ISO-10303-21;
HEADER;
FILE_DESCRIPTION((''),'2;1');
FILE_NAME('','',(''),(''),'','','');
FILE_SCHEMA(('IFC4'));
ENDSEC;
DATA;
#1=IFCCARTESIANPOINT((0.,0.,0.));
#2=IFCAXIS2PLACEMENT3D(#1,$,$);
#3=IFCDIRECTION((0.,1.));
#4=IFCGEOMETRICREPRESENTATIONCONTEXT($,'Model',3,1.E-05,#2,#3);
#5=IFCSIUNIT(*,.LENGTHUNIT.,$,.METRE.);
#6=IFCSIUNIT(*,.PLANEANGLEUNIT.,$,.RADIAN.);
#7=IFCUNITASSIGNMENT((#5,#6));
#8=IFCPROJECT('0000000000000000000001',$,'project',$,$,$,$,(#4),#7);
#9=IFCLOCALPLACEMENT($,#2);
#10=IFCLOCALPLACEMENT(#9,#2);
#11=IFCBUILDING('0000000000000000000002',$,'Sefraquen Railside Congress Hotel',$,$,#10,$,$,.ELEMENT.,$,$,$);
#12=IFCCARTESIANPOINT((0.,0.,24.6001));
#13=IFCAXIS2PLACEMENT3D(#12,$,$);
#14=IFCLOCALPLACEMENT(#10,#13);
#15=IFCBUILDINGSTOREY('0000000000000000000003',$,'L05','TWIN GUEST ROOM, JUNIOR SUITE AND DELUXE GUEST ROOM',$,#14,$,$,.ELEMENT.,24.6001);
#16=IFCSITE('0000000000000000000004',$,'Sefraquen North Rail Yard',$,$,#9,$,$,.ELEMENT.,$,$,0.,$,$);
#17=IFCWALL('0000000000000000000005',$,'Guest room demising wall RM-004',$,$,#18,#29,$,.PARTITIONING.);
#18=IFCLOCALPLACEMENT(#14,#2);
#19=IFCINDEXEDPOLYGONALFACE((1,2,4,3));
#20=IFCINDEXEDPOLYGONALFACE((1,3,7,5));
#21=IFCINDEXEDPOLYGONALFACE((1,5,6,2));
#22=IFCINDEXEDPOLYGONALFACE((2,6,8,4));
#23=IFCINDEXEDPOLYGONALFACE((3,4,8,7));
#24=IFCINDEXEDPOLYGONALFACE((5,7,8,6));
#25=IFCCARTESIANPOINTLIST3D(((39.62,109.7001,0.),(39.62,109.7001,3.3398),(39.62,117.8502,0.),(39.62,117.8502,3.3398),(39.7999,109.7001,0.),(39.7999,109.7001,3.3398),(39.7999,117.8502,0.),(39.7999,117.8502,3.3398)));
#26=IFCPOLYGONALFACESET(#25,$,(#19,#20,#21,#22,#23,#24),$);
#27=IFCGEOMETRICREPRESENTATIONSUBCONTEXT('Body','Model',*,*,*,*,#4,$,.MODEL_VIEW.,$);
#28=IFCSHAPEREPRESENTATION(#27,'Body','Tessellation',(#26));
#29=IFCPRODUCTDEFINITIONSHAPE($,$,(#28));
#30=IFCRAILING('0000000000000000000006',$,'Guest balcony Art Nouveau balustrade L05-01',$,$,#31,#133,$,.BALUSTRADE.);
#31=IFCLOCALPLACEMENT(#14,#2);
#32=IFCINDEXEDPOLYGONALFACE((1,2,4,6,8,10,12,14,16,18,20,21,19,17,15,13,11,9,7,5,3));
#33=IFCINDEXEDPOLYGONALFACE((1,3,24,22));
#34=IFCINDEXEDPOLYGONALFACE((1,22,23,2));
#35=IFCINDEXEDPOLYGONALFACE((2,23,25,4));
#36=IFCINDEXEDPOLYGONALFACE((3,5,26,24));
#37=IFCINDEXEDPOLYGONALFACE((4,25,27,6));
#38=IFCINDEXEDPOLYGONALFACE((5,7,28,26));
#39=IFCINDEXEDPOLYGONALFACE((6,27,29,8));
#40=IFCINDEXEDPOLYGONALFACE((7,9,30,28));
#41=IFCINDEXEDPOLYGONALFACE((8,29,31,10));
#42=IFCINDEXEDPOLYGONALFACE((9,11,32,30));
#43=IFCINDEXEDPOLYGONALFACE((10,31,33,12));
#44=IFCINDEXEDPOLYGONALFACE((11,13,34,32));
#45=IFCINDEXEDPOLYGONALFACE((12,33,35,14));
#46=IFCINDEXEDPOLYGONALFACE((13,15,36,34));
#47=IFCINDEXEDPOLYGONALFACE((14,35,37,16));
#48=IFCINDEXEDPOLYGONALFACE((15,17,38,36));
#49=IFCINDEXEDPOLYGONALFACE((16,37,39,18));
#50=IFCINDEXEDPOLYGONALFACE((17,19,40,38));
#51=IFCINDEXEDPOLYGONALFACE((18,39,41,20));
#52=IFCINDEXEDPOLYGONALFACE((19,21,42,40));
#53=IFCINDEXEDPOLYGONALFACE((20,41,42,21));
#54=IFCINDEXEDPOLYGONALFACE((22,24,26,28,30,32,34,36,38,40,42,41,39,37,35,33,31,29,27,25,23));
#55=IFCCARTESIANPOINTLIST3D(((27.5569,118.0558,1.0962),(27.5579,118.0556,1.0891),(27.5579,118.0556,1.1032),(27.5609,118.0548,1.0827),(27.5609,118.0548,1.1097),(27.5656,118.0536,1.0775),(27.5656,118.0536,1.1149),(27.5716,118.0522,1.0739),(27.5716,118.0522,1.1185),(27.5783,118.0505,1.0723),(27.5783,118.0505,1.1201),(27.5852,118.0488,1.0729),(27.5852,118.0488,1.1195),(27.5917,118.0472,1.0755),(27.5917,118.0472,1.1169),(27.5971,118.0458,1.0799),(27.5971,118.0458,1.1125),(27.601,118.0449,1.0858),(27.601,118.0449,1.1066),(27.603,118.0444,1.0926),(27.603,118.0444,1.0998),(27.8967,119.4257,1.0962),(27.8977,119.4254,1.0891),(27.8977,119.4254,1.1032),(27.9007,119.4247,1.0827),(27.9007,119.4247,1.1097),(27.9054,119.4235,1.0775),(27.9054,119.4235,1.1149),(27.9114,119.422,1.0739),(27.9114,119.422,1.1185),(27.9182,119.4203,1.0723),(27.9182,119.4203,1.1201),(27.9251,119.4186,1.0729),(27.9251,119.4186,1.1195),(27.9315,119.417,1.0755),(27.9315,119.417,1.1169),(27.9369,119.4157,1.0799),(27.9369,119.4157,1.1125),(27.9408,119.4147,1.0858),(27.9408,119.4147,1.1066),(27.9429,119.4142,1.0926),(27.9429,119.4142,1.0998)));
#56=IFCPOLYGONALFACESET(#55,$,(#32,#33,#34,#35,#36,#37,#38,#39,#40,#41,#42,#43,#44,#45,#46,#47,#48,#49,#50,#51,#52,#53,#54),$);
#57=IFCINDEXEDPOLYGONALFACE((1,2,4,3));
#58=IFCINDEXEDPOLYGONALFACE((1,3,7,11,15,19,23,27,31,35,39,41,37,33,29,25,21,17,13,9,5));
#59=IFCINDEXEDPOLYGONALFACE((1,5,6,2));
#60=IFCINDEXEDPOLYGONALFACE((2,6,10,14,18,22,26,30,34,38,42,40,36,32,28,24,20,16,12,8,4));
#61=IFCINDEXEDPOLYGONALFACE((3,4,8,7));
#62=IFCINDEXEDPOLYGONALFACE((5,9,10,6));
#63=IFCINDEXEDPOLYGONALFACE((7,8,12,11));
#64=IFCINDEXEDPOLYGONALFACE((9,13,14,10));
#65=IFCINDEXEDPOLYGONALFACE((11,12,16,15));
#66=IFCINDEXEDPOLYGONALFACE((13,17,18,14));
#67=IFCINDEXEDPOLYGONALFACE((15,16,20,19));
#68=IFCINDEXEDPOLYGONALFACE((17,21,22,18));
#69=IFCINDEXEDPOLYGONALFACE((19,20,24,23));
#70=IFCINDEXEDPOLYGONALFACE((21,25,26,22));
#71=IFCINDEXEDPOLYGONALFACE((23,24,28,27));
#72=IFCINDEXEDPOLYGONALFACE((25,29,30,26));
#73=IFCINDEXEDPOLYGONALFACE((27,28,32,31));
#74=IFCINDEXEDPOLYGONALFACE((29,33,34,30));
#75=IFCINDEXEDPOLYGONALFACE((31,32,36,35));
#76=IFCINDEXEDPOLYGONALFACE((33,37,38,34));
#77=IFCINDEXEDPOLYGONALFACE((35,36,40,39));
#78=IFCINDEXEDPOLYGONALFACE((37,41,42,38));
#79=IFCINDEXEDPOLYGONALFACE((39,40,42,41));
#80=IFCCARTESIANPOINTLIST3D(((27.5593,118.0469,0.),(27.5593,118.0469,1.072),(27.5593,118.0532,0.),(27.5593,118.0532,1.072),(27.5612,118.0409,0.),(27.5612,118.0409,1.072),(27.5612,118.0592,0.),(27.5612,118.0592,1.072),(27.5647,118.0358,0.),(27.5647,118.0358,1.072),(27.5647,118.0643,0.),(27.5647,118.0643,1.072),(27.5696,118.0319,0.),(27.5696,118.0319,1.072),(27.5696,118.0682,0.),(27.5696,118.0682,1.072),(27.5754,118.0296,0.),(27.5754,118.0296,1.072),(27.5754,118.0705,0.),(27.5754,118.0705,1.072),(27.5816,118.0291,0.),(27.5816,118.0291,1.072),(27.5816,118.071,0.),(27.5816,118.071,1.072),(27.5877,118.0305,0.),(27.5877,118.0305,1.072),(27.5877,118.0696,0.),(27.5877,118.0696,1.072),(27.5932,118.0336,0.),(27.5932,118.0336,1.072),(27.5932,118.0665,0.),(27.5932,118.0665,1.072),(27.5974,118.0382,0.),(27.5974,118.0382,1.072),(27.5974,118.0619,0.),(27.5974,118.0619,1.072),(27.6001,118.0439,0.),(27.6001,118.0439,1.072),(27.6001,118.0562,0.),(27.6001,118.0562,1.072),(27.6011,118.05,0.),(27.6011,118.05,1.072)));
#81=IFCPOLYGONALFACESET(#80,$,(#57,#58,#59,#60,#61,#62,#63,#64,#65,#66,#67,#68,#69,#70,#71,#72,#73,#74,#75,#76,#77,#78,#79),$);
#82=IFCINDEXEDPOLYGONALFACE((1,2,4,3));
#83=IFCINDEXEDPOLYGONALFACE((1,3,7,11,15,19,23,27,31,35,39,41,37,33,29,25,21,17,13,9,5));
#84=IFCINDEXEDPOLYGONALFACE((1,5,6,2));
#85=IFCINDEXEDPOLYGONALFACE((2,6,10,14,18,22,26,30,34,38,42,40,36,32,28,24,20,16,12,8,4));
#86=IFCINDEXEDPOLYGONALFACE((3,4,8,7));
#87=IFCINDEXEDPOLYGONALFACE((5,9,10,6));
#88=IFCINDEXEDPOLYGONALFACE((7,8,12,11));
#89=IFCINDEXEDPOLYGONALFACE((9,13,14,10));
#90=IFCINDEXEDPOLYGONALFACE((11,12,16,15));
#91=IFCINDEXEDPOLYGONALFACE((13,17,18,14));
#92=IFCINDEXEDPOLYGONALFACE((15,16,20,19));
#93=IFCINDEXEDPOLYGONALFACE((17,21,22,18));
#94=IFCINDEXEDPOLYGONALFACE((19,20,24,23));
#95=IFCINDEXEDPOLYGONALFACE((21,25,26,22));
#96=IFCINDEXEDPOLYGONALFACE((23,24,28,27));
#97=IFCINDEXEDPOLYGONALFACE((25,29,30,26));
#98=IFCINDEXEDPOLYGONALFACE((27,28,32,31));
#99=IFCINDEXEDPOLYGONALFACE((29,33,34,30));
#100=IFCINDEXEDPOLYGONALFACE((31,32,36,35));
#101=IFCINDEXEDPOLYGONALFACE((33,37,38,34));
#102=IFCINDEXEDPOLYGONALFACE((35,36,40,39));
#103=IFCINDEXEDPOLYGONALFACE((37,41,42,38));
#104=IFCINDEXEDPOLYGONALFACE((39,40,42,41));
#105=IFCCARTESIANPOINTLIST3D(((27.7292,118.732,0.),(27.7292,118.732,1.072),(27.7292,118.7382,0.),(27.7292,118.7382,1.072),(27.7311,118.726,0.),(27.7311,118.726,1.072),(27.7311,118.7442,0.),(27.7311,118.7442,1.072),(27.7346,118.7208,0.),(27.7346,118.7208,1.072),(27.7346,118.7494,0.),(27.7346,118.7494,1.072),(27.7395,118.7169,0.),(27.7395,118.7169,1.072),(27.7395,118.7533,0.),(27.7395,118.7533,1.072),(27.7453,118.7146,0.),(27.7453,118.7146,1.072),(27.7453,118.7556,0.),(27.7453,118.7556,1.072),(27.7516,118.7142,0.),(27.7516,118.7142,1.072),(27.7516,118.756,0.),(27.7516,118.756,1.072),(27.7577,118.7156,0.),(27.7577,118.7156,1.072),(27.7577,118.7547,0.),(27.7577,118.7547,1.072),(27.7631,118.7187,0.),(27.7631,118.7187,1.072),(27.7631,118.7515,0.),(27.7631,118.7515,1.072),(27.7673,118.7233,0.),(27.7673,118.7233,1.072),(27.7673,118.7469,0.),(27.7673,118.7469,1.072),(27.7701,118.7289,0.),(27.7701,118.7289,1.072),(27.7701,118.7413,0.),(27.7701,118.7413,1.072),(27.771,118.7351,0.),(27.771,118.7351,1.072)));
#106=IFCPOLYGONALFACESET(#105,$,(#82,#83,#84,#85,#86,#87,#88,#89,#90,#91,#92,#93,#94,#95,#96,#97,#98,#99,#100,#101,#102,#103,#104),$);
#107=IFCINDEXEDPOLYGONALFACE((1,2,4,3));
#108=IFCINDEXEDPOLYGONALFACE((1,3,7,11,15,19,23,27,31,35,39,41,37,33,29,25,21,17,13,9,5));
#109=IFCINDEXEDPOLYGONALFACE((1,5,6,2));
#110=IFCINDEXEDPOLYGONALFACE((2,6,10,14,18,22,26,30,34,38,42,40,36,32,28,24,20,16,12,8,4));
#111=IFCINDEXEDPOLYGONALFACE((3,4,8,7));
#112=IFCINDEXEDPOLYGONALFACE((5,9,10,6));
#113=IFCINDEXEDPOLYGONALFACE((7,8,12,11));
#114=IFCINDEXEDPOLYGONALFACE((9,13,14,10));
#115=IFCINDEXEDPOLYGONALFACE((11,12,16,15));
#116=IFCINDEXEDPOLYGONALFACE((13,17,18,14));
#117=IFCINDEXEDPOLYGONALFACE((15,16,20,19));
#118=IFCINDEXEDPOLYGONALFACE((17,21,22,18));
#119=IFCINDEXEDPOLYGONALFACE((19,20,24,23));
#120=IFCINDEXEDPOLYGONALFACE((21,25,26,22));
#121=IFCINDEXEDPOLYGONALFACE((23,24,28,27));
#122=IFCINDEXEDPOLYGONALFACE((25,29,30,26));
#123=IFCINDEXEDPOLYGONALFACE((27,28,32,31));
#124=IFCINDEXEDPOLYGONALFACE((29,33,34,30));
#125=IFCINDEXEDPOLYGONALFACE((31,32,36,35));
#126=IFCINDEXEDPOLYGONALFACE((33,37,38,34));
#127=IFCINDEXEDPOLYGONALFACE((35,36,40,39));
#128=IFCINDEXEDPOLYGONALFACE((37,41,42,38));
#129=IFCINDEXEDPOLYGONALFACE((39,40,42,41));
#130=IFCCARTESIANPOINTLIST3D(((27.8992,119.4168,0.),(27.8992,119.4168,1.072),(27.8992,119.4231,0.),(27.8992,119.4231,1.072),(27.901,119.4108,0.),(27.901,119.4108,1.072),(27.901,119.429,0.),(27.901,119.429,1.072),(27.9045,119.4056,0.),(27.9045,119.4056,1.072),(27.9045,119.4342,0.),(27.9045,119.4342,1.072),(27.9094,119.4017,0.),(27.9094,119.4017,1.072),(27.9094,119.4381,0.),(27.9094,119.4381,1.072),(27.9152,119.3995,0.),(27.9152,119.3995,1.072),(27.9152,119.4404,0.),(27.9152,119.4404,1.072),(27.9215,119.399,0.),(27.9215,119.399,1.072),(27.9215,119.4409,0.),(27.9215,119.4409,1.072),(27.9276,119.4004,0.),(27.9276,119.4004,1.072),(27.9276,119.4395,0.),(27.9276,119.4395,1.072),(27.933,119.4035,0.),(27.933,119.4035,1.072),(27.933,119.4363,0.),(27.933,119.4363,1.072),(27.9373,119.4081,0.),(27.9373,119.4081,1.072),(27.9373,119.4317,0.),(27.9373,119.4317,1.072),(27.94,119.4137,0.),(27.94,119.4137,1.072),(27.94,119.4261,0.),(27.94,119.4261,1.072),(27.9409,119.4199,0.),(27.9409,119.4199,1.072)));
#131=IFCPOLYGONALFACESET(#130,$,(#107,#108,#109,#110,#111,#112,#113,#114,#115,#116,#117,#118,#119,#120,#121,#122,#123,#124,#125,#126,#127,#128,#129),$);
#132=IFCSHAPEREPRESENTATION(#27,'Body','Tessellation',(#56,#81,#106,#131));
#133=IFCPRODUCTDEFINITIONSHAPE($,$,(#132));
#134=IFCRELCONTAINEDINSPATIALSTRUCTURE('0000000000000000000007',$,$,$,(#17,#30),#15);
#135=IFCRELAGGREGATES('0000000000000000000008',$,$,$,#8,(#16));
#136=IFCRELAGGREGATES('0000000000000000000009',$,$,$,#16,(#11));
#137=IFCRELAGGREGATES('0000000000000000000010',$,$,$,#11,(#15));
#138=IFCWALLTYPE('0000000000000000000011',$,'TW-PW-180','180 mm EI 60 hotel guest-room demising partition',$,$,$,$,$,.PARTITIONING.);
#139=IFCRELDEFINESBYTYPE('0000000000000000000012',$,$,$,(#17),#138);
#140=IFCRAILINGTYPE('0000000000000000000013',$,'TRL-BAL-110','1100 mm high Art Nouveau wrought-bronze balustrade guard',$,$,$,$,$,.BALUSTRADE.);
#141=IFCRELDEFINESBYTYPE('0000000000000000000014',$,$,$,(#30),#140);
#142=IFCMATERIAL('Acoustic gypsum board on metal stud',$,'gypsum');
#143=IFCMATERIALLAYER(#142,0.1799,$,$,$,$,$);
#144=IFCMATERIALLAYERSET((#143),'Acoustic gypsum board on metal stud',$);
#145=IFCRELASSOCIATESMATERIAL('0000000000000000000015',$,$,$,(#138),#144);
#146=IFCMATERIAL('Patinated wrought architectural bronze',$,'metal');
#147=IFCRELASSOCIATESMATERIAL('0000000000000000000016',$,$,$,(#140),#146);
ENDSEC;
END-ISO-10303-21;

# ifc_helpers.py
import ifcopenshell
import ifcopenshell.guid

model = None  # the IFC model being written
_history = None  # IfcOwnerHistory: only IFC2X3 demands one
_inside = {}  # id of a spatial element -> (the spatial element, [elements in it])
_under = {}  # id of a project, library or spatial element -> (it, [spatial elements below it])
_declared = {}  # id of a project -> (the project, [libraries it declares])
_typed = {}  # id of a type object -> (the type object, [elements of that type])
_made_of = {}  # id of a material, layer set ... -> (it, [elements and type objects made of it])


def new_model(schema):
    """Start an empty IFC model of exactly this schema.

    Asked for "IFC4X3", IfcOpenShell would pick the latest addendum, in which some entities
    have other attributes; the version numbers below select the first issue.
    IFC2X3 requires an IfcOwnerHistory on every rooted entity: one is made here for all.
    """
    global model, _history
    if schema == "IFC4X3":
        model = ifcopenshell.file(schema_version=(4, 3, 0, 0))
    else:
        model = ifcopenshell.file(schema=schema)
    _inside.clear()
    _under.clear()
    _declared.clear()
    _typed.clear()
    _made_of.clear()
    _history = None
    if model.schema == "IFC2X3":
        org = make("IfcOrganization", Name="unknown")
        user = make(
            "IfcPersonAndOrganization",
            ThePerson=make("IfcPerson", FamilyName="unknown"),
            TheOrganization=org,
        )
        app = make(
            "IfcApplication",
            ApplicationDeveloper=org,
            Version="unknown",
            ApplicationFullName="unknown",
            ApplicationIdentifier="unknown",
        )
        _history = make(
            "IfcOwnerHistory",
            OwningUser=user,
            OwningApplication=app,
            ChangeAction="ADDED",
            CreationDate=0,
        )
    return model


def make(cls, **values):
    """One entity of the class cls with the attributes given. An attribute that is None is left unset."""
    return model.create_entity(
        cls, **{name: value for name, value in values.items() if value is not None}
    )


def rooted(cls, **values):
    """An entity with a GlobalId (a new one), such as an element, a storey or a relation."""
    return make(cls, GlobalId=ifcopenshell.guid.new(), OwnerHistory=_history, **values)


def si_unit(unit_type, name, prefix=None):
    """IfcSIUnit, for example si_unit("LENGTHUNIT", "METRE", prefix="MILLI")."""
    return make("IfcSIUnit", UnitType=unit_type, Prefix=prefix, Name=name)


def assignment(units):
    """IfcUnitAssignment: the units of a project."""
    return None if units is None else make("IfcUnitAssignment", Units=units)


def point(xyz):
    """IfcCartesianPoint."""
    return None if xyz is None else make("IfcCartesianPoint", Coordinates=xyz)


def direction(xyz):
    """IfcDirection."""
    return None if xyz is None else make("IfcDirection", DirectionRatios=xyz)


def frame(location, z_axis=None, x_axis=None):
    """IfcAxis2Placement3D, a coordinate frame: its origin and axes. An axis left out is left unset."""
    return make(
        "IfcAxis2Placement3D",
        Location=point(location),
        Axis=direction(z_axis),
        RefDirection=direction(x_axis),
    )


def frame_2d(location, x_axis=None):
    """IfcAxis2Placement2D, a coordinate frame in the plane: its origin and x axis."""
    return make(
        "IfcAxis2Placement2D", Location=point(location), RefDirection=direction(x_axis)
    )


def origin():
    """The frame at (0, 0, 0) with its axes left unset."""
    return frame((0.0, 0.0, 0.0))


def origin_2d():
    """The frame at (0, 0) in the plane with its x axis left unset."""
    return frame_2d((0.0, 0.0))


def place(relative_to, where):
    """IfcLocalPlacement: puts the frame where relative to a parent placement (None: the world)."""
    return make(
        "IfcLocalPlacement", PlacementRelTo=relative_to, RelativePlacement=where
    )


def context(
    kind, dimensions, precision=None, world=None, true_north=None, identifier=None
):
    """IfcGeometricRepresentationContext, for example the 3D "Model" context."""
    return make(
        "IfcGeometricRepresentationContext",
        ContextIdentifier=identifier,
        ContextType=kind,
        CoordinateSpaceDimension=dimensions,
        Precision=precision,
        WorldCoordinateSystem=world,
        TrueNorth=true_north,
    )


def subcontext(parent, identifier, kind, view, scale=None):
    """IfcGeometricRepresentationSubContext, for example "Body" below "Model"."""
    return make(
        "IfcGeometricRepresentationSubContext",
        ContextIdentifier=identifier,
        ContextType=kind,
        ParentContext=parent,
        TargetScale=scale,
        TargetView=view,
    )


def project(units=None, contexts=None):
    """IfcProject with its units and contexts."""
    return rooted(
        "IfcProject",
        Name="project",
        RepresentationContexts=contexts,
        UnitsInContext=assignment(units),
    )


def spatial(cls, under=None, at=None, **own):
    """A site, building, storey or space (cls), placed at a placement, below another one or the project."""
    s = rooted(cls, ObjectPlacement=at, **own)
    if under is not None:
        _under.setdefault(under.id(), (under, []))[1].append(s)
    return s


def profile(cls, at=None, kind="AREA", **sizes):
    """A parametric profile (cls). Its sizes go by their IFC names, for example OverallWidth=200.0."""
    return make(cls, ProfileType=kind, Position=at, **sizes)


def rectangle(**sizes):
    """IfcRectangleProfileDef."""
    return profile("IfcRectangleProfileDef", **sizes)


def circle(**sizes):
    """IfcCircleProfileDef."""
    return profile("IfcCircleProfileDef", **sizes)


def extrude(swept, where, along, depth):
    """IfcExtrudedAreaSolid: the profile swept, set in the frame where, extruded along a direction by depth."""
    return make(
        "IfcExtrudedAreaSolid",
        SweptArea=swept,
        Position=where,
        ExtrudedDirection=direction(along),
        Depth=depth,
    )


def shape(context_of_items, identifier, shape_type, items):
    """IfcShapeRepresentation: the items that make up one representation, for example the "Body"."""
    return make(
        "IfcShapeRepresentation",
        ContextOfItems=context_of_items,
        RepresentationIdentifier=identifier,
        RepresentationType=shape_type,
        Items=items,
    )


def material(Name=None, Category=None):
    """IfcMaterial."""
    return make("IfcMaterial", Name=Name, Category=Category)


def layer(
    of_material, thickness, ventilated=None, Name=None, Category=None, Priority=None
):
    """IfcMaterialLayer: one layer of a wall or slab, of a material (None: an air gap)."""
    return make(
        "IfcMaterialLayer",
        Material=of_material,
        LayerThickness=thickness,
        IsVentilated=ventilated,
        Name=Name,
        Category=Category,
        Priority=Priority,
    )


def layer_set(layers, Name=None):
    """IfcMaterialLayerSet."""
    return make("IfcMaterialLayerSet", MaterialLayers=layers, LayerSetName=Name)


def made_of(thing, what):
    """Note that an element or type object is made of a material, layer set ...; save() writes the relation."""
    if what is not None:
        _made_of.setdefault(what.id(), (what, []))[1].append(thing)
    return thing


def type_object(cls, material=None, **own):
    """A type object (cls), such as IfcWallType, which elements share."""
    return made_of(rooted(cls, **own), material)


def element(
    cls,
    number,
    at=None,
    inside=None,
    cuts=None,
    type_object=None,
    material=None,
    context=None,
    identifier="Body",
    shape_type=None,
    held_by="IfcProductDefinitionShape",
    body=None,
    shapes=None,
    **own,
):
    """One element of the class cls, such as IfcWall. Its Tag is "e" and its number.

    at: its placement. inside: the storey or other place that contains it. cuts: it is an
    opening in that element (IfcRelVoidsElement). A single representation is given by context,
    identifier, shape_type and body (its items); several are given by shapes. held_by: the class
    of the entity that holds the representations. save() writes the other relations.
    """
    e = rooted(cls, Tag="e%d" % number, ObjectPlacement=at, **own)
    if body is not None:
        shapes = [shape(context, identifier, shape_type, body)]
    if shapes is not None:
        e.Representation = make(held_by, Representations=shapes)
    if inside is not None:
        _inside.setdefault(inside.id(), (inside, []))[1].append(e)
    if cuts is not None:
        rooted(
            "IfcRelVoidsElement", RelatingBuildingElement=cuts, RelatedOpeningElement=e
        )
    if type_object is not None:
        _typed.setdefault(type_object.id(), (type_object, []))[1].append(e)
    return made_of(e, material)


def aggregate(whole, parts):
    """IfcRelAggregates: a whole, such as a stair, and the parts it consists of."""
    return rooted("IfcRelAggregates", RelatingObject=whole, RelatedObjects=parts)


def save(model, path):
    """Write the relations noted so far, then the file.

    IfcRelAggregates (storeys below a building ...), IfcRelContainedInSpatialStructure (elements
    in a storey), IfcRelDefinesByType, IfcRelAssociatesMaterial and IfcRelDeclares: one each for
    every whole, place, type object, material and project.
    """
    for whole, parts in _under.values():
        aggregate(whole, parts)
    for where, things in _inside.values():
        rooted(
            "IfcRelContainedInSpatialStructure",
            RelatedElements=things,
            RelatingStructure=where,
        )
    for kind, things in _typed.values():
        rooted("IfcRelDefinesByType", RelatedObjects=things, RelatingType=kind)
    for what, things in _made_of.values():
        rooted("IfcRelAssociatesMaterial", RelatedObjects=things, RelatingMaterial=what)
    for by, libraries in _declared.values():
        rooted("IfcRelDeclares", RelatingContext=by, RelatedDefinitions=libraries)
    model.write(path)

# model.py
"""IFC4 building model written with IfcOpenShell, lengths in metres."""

from ifc_helpers import new_model, si_unit, direction, frame, frame_2d, origin, origin_2d, place, context, subcontext, project, spatial, rectangle, circle, extrude, material, layer, layer_set, type_object, element, save


model = new_model("IFC4")

# Units and contexts
model_context = context("Model", 3, precision=1e-05, world=origin(), true_north=direction((0.0, 1.0)))
body_context = subcontext(model_context, "Body", "Model", "MODEL_VIEW")
ifc_project = project(units=[si_unit("LENGTHUNIT", "METRE"), si_unit("PLANEANGLEUNIT", "RADIAN")], contexts=[model_context])

# Site, building, storey
site_placement = place(None, origin())
site = spatial("IfcSite", under=ifc_project, at=site_placement, Name="Sefraquen North Rail Yard", CompositionType="ELEMENT", RefElevation=0.0)
building_placement = place(site_placement, origin())
building = spatial("IfcBuilding", under=site, at=building_placement, Name="Sefraquen Railside Congress Hotel", CompositionType="ELEMENT")
storey_placement = place(building_placement, frame((0.0, 0.0, 24.6001)))
storey = spatial("IfcBuildingStorey", under=building, at=storey_placement, Name="L05", Description="TWIN GUEST ROOM, JUNIOR SUITE AND DELUXE GUEST ROOM", CompositionType="ELEMENT", Elevation=24.6001)

# Wall
ifc_material_1 = material(Name="Acoustic gypsum board on metal stud", Category="gypsum")
ifc_layer_1 = layer(ifc_material_1, 0.1799)
ifc_layer_set_1 = layer_set([ifc_layer_1], Name="Acoustic gypsum board on metal stud")
wall_type_1 = type_object("IfcWallType", Name="TW-PW-180", Description="180 mm EI 60 hotel guest-room demising partition", PredefinedType="PARTITIONING", material=ifc_layer_set_1)
wall_1_placement = place(storey_placement, frame((39.71, 109.7, 0.0), z_axis=(0.0, 0.0, 1.0), x_axis=(0.0, 1.0, 0.0)))
element("IfcWall", 1, at=wall_1_placement, inside=storey, type_object=wall_type_1, Name="Guest room demising wall RM-004", PredefinedType="PARTITIONING", context=body_context, shape_type="SweptSolid", body=[
    extrude(rectangle(XDim=8.1501, YDim=0.1799, at=frame_2d((4.0752, 0.0))), origin(), (0.0, 0.0, 1.0), 3.3398),
])

# Railing
ifc_material_2 = material(Name="Patinated wrought architectural bronze", Category="metal")
railing_type = type_object("IfcRailingType", Name="TRL-BAL-110", Description="1100 mm high Art Nouveau wrought-bronze balustrade guard", PredefinedType="BALUSTRADE", material=ifc_material_2)
railing_1_placement = place(storey_placement, frame((27.5801, 118.05, 0.0)))
element("IfcRailing", 2, at=railing_1_placement, inside=storey, type_object=railing_type, Name="Guest balcony Art Nouveau balustrade L05-01", PredefinedType="BALUSTRADE", context=body_context, shape_type="SweptSolid", body=[
    extrude(circle(Radius=0.0239, at=origin_2d()), frame((0.0, 0.0, 1.0962), z_axis=(0.240785, 0.970578, 0.0), x_axis=(-0.970578, 0.240785, 0.0)), (0.0, 0.0, 1.0), 1.4114),
    extrude(circle(Radius=0.021, at=origin_2d()), origin(), (0.0, 0.0, 1.0), 1.072),
    extrude(circle(Radius=0.021, at=origin_2d()), frame((0.1699, 0.6851, 0.0)), (0.0, 0.0, 1.0), 1.072),
    extrude(circle(Radius=0.021, at=origin_2d()), frame((0.3398, 1.3699, 0.0)), (0.0, 0.0, 1.0), 1.072),
])

save(model, "model.ifc")
